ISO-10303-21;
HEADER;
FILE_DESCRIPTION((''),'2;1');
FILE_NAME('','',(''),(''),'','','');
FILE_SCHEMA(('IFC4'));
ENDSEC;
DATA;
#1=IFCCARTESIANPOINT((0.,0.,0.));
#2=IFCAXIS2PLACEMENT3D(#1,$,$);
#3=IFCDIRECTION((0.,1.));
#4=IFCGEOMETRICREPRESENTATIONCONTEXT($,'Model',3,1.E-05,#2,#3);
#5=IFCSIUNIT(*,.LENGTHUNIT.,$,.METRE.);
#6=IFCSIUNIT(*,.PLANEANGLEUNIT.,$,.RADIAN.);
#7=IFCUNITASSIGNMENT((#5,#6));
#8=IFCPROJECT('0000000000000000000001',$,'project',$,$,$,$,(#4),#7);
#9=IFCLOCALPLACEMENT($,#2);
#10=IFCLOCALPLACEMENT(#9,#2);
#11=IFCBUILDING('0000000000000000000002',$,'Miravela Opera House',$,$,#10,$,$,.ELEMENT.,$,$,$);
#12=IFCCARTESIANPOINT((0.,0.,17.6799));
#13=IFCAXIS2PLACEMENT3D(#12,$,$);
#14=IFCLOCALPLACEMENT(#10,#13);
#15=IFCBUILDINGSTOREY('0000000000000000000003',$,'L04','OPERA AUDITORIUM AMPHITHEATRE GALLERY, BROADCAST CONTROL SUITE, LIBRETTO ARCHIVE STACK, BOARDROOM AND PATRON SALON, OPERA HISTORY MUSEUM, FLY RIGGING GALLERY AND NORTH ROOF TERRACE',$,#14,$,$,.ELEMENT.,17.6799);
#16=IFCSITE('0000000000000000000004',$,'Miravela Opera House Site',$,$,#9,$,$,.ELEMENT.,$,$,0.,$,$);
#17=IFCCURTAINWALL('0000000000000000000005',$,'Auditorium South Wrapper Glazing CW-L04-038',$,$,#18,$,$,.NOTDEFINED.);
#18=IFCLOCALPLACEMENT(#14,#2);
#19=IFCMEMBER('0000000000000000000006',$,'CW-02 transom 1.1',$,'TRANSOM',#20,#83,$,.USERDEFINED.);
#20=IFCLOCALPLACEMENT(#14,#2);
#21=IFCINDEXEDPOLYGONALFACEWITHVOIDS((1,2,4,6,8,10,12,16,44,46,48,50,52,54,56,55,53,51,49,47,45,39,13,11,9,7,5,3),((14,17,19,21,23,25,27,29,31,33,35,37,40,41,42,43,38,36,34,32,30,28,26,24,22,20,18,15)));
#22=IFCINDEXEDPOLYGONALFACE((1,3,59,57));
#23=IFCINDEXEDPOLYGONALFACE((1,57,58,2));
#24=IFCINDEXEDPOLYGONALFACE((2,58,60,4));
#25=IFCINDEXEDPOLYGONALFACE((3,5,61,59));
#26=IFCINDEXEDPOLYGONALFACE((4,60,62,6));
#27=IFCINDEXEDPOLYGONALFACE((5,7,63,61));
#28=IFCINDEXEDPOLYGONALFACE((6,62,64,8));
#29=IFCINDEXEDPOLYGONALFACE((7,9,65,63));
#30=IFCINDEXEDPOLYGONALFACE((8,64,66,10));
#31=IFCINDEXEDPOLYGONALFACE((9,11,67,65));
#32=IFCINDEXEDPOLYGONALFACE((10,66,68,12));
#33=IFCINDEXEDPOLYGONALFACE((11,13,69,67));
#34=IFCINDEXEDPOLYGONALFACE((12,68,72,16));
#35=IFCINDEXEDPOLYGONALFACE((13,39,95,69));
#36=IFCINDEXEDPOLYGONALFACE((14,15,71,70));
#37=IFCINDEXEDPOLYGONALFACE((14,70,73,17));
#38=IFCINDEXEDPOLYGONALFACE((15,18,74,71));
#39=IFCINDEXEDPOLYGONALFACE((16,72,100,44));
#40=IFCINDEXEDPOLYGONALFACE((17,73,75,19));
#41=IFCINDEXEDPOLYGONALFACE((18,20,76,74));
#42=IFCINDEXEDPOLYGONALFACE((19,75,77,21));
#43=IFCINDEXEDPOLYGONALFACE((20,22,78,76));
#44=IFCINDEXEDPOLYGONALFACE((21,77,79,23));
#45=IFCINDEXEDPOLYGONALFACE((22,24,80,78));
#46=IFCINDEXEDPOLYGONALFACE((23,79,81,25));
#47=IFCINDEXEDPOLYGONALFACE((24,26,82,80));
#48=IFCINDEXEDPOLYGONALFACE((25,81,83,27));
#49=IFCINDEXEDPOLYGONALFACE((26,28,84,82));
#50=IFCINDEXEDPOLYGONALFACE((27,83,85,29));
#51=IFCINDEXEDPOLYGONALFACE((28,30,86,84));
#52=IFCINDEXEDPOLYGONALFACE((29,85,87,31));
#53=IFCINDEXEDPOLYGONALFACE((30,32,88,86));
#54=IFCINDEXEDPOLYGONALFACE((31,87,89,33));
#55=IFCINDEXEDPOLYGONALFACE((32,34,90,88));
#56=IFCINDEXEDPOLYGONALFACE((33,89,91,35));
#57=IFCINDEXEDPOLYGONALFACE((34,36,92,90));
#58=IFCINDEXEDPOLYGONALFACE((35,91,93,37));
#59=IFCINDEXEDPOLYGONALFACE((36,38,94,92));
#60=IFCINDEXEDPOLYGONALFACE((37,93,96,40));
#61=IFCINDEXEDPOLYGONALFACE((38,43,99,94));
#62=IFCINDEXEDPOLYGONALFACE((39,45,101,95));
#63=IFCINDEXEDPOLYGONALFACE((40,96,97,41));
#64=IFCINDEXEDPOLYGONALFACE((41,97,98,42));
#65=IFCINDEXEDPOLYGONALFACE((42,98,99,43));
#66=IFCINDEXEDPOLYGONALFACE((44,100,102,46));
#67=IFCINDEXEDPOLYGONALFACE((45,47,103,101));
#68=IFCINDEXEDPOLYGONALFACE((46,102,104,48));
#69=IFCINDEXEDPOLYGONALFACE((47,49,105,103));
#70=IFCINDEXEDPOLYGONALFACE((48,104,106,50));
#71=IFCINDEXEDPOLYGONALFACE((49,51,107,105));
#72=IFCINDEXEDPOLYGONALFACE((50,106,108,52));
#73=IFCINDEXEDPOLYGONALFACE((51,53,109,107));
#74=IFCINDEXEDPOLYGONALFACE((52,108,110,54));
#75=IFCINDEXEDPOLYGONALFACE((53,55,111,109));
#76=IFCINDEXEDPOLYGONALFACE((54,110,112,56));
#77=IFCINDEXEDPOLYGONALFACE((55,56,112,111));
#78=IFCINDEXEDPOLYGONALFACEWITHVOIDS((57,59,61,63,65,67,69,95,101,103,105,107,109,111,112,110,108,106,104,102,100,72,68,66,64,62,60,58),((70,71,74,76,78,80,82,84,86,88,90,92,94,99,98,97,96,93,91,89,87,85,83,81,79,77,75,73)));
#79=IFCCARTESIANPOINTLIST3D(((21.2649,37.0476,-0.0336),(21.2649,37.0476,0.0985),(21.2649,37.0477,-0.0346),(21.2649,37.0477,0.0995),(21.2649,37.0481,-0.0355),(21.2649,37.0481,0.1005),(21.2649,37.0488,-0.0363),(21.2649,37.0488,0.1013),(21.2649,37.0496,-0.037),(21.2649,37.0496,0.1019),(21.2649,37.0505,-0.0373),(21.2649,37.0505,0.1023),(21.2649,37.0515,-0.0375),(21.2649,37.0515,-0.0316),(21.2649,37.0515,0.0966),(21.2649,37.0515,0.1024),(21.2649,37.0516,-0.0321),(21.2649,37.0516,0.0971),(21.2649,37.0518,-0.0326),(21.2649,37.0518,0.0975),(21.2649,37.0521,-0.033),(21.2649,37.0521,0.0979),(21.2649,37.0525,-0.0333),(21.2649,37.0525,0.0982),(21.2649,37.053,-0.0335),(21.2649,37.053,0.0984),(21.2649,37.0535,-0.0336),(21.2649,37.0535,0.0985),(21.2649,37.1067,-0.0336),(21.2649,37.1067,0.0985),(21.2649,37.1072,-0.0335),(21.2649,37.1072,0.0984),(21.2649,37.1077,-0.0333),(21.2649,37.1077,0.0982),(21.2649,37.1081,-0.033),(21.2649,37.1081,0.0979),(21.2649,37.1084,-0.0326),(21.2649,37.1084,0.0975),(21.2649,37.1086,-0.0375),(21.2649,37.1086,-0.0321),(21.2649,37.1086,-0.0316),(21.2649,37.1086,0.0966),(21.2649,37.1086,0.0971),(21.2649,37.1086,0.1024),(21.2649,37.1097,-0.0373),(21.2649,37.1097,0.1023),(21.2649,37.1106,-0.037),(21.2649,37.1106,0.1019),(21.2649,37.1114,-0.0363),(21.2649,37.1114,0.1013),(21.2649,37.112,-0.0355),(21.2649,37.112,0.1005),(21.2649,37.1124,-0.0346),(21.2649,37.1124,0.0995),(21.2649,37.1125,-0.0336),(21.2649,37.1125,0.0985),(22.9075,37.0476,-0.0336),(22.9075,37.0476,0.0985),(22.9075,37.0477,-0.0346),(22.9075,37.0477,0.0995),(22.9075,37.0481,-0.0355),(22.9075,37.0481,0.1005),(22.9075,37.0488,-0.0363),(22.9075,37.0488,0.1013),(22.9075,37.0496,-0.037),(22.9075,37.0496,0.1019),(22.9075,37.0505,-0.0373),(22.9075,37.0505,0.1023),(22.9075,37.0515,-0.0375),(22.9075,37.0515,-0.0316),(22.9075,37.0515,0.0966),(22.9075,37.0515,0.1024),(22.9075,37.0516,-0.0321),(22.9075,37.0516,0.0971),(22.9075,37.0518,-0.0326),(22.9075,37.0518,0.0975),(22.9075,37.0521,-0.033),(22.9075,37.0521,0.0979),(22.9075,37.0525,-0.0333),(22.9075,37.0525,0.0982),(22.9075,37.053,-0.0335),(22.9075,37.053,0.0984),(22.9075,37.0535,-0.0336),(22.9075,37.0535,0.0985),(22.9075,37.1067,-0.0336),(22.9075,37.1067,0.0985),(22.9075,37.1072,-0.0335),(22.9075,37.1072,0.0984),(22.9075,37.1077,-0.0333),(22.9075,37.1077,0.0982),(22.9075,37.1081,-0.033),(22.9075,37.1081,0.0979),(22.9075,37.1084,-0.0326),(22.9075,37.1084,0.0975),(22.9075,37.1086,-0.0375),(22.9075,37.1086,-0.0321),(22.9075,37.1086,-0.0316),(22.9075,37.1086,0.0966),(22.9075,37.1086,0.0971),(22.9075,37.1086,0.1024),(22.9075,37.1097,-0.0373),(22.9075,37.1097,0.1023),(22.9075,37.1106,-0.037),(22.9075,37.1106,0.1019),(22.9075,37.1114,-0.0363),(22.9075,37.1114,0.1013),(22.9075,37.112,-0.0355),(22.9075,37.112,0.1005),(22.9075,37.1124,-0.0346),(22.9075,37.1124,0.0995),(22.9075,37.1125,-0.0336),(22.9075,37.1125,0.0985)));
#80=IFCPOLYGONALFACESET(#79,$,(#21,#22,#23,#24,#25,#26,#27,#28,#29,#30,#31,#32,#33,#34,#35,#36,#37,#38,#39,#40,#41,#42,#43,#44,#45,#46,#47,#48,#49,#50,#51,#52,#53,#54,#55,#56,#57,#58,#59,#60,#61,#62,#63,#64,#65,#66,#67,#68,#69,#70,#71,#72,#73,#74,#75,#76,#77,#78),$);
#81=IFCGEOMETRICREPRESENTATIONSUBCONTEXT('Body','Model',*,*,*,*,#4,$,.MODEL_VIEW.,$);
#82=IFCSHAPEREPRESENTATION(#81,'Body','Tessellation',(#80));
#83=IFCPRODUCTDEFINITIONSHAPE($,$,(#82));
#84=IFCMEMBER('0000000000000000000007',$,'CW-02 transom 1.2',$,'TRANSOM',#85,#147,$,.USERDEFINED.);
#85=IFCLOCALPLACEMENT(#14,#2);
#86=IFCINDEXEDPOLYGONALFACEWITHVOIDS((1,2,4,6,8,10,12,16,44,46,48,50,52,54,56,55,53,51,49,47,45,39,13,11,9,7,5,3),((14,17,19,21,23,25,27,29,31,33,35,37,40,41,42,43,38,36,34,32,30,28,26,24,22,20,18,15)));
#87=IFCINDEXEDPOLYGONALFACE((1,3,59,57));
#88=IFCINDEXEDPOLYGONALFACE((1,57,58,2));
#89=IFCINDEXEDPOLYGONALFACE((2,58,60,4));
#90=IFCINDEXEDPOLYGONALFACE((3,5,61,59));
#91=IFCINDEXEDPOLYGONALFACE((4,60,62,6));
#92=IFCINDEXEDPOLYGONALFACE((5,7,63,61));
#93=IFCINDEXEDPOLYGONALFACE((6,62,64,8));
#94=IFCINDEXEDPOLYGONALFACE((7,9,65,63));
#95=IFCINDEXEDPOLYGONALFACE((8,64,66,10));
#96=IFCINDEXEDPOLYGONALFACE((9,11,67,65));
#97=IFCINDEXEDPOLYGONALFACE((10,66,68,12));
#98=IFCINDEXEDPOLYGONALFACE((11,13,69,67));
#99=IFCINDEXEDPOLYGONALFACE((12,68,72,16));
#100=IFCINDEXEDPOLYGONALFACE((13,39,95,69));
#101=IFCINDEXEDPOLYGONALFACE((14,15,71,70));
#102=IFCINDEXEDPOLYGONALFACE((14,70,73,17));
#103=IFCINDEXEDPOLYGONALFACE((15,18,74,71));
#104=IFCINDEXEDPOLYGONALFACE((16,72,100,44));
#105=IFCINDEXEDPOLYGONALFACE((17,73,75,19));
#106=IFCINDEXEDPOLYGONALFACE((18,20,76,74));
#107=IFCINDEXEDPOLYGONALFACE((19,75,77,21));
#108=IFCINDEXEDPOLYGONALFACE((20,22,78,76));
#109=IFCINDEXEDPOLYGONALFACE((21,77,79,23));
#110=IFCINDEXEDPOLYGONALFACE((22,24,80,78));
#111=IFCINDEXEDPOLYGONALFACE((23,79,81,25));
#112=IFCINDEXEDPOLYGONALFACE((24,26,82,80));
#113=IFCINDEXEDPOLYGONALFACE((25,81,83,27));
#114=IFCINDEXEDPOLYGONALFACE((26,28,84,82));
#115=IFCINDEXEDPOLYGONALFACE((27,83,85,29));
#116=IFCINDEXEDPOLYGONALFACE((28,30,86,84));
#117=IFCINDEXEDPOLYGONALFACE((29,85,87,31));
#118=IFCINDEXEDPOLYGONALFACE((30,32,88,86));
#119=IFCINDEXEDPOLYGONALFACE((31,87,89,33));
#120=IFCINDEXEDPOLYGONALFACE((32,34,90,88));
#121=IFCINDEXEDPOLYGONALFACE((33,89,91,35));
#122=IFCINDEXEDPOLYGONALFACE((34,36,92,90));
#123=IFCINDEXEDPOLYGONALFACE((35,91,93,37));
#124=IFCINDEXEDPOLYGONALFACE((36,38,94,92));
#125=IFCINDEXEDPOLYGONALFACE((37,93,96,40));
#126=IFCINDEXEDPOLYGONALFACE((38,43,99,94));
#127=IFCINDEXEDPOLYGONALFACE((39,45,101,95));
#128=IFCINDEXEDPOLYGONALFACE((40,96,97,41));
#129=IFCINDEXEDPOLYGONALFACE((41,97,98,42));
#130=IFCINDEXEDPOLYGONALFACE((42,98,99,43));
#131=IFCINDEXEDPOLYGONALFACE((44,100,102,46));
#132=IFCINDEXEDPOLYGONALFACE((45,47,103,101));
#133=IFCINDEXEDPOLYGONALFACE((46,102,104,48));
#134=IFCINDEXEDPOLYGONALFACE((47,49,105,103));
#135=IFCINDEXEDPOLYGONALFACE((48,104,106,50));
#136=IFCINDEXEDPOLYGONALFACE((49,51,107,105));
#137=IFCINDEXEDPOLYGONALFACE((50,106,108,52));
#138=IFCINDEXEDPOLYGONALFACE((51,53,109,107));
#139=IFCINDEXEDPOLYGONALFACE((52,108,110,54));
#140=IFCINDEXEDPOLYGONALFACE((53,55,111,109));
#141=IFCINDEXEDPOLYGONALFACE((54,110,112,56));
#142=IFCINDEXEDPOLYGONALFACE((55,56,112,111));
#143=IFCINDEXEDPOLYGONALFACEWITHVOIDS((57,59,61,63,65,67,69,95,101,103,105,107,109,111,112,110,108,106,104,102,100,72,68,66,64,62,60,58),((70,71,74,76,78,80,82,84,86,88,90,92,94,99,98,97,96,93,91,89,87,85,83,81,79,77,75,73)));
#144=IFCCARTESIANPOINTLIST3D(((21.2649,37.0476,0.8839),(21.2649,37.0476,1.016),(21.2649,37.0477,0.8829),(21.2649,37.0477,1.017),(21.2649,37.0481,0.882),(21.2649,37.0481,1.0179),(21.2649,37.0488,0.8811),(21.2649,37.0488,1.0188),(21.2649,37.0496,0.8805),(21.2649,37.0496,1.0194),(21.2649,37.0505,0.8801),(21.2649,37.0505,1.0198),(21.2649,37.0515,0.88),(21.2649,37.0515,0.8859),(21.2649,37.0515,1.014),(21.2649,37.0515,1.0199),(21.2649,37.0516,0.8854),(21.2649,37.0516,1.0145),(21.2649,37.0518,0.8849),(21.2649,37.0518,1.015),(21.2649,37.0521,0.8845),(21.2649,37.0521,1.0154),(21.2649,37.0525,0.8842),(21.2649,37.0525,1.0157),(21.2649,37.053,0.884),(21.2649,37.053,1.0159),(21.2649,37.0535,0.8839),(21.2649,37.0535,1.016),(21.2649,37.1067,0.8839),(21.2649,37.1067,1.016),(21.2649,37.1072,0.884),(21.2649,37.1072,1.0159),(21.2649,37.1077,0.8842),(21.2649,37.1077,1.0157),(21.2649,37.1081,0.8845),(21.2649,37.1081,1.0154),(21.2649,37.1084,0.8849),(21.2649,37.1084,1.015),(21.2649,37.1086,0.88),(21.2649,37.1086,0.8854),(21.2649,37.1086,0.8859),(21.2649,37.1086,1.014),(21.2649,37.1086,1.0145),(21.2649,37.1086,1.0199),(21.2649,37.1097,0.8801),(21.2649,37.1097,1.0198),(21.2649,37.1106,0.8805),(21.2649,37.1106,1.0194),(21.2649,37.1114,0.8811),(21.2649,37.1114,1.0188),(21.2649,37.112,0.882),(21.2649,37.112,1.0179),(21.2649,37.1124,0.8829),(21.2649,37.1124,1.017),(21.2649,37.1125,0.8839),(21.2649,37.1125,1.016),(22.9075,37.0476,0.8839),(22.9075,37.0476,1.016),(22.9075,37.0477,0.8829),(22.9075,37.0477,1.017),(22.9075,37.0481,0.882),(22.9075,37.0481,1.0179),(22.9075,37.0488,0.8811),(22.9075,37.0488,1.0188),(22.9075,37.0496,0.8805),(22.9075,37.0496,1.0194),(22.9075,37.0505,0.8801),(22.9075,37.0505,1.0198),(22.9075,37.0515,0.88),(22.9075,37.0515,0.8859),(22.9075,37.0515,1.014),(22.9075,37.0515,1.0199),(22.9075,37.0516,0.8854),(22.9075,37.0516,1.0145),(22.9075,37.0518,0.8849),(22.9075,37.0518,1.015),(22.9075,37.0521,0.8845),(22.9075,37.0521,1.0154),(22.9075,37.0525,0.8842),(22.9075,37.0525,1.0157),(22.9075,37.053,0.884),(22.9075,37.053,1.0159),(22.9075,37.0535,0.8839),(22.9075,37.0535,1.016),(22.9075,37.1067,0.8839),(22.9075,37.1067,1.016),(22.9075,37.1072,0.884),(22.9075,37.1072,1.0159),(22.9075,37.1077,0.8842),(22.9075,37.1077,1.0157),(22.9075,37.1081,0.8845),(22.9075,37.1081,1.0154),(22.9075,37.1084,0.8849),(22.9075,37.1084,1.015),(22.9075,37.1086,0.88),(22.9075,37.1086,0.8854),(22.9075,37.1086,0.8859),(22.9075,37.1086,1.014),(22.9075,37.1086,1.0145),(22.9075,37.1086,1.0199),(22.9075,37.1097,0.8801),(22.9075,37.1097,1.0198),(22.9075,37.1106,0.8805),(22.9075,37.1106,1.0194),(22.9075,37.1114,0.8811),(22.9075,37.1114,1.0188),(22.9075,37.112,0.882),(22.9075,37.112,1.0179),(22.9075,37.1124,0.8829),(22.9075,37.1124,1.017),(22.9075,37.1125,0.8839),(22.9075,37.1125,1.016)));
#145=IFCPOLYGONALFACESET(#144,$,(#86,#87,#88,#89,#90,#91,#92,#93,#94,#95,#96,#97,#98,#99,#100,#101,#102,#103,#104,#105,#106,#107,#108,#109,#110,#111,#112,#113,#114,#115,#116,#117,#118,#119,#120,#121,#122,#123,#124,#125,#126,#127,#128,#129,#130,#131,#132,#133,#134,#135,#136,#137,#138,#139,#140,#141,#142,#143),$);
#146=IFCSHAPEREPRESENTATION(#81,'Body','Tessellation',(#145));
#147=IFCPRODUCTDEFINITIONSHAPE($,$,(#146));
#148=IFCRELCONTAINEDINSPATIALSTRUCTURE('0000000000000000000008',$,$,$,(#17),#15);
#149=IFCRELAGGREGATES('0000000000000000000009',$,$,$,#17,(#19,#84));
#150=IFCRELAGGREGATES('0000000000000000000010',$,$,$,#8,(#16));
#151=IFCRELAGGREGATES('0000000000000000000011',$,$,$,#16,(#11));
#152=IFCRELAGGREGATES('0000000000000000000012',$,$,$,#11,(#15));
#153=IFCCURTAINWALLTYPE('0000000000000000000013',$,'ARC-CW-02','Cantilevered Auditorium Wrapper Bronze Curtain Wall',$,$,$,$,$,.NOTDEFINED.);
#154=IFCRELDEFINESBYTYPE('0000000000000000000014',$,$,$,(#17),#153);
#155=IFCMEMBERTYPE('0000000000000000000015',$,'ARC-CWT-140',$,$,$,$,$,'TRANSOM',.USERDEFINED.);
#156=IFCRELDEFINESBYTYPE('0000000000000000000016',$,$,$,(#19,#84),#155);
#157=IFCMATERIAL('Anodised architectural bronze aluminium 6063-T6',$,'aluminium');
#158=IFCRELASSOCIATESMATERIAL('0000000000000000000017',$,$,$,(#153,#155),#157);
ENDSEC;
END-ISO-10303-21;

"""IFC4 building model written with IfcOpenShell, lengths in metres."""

from ifc_helpers import new_model, si_unit, direction, frame, origin, origin_2d, place, context, subcontext, project, spatial, hollow_rectangle, extrude, material, material_profile, profile_set, type_object, element, aggregate, save


model = new_model("IFC4")

# Units and contexts
model_context = context("Model", 3, precision=1e-05, world=origin(), true_north=direction((0.0, 1.0)))
body_context = subcontext(model_context, "Body", "Model", "MODEL_VIEW")
ifc_project = project(units=[si_unit("LENGTHUNIT", "METRE"), si_unit("PLANEANGLEUNIT", "RADIAN")], contexts=[model_context])

# Site, building, storey
site_placement = place(None, origin())
site = spatial("IfcSite", under=ifc_project, at=site_placement, Name="Miravela Opera House Site", CompositionType="ELEMENT", RefElevation=0.0)
building_placement = place(site_placement, origin())
building = spatial("IfcBuilding", under=site, at=building_placement, Name="Miravela Opera House", CompositionType="ELEMENT")
storey_placement = place(building_placement, frame((0.0, 0.0, 17.6799)))
storey = spatial("IfcBuildingStorey", under=building, at=storey_placement, Name="L04", Description="OPERA AUDITORIUM AMPHITHEATRE GALLERY, BROADCAST CONTROL SUITE, LIBRETTO ARCHIVE STACK, BOARDROOM AND PATRON SALON, OPERA HISTORY MUSEUM, FLY RIGGING GALLERY AND NORTH ROOF TERRACE", CompositionType="ELEMENT", Elevation=17.6799)

# Curtain wall
ifc_material_1 = material(Name="Anodised architectural bronze aluminium 6063-T6", Category="aluminium")
curtain_wall_type = type_object("IfcCurtainWallType", Name="ARC-CW-02", Description="Cantilevered Auditorium Wrapper Bronze Curtain Wall", PredefinedType="NOTDEFINED", material=ifc_material_1)
curtain_wall_1_placement = place(storey_placement, origin())
curtain_wall_1 = element("IfcCurtainWall", 1, at=curtain_wall_1_placement, inside=storey, type_object=curtain_wall_type, Name="Auditorium South Wrapper Glazing CW-L04-038", PredefinedType="NOTDEFINED")

# Members
ifc_material_profile_1 = material_profile(ifc_material_1, hollow_rectangle(XDim=0.0649, YDim=0.1399, WallThickness=0.0039, InnerFilletRadius=0.002, OuterFilletRadius=0.0039, at=origin_2d()), Name="CWT-65X140")
ifc_profile_set_1 = profile_set([ifc_material_profile_1])
member_type_1 = type_object("IfcMemberType", Name="ARC-CWT-140", ElementType="TRANSOM", PredefinedType="USERDEFINED", material=ifc_profile_set_1)
member_1_placement = place(storey_placement, frame((21.2649, 37.0801, 0.0325), z_axis=(1.0, 0.0, 0.0), x_axis=(0.0, 1.0, 0.0)))
member_1 = element("IfcMember", 2, at=member_1_placement, type_object=member_type_1, Name="CW-02 transom 1.1", ObjectType="TRANSOM", PredefinedType="USERDEFINED", context=body_context, shape_type="SweptSolid", body=[
    extrude(hollow_rectangle(XDim=0.0649, YDim=0.1399, WallThickness=0.0039, InnerFilletRadius=0.002, OuterFilletRadius=0.0039, at=origin_2d()), origin(), (0.0, 0.0, 1.0), 1.6426),
])
member_2_placement = place(storey_placement, frame((21.2649, 37.0801, 0.95), z_axis=(1.0, 0.0, 0.0), x_axis=(0.0, 1.0, 0.0)))
member_2 = element("IfcMember", 3, at=member_2_placement, type_object=member_type_1, Name="CW-02 transom 1.2", ObjectType="TRANSOM", PredefinedType="USERDEFINED", context=body_context, shape_type="SweptSolid", body=[
    extrude(hollow_rectangle(XDim=0.0649, YDim=0.1399, WallThickness=0.0039, InnerFilletRadius=0.002, OuterFilletRadius=0.0039, at=origin_2d()), origin(), (0.0, 0.0, 1.0), 1.6426),
])

aggregate(curtain_wall_1, [member_1, member_2])

save(model, "model.ifc")
